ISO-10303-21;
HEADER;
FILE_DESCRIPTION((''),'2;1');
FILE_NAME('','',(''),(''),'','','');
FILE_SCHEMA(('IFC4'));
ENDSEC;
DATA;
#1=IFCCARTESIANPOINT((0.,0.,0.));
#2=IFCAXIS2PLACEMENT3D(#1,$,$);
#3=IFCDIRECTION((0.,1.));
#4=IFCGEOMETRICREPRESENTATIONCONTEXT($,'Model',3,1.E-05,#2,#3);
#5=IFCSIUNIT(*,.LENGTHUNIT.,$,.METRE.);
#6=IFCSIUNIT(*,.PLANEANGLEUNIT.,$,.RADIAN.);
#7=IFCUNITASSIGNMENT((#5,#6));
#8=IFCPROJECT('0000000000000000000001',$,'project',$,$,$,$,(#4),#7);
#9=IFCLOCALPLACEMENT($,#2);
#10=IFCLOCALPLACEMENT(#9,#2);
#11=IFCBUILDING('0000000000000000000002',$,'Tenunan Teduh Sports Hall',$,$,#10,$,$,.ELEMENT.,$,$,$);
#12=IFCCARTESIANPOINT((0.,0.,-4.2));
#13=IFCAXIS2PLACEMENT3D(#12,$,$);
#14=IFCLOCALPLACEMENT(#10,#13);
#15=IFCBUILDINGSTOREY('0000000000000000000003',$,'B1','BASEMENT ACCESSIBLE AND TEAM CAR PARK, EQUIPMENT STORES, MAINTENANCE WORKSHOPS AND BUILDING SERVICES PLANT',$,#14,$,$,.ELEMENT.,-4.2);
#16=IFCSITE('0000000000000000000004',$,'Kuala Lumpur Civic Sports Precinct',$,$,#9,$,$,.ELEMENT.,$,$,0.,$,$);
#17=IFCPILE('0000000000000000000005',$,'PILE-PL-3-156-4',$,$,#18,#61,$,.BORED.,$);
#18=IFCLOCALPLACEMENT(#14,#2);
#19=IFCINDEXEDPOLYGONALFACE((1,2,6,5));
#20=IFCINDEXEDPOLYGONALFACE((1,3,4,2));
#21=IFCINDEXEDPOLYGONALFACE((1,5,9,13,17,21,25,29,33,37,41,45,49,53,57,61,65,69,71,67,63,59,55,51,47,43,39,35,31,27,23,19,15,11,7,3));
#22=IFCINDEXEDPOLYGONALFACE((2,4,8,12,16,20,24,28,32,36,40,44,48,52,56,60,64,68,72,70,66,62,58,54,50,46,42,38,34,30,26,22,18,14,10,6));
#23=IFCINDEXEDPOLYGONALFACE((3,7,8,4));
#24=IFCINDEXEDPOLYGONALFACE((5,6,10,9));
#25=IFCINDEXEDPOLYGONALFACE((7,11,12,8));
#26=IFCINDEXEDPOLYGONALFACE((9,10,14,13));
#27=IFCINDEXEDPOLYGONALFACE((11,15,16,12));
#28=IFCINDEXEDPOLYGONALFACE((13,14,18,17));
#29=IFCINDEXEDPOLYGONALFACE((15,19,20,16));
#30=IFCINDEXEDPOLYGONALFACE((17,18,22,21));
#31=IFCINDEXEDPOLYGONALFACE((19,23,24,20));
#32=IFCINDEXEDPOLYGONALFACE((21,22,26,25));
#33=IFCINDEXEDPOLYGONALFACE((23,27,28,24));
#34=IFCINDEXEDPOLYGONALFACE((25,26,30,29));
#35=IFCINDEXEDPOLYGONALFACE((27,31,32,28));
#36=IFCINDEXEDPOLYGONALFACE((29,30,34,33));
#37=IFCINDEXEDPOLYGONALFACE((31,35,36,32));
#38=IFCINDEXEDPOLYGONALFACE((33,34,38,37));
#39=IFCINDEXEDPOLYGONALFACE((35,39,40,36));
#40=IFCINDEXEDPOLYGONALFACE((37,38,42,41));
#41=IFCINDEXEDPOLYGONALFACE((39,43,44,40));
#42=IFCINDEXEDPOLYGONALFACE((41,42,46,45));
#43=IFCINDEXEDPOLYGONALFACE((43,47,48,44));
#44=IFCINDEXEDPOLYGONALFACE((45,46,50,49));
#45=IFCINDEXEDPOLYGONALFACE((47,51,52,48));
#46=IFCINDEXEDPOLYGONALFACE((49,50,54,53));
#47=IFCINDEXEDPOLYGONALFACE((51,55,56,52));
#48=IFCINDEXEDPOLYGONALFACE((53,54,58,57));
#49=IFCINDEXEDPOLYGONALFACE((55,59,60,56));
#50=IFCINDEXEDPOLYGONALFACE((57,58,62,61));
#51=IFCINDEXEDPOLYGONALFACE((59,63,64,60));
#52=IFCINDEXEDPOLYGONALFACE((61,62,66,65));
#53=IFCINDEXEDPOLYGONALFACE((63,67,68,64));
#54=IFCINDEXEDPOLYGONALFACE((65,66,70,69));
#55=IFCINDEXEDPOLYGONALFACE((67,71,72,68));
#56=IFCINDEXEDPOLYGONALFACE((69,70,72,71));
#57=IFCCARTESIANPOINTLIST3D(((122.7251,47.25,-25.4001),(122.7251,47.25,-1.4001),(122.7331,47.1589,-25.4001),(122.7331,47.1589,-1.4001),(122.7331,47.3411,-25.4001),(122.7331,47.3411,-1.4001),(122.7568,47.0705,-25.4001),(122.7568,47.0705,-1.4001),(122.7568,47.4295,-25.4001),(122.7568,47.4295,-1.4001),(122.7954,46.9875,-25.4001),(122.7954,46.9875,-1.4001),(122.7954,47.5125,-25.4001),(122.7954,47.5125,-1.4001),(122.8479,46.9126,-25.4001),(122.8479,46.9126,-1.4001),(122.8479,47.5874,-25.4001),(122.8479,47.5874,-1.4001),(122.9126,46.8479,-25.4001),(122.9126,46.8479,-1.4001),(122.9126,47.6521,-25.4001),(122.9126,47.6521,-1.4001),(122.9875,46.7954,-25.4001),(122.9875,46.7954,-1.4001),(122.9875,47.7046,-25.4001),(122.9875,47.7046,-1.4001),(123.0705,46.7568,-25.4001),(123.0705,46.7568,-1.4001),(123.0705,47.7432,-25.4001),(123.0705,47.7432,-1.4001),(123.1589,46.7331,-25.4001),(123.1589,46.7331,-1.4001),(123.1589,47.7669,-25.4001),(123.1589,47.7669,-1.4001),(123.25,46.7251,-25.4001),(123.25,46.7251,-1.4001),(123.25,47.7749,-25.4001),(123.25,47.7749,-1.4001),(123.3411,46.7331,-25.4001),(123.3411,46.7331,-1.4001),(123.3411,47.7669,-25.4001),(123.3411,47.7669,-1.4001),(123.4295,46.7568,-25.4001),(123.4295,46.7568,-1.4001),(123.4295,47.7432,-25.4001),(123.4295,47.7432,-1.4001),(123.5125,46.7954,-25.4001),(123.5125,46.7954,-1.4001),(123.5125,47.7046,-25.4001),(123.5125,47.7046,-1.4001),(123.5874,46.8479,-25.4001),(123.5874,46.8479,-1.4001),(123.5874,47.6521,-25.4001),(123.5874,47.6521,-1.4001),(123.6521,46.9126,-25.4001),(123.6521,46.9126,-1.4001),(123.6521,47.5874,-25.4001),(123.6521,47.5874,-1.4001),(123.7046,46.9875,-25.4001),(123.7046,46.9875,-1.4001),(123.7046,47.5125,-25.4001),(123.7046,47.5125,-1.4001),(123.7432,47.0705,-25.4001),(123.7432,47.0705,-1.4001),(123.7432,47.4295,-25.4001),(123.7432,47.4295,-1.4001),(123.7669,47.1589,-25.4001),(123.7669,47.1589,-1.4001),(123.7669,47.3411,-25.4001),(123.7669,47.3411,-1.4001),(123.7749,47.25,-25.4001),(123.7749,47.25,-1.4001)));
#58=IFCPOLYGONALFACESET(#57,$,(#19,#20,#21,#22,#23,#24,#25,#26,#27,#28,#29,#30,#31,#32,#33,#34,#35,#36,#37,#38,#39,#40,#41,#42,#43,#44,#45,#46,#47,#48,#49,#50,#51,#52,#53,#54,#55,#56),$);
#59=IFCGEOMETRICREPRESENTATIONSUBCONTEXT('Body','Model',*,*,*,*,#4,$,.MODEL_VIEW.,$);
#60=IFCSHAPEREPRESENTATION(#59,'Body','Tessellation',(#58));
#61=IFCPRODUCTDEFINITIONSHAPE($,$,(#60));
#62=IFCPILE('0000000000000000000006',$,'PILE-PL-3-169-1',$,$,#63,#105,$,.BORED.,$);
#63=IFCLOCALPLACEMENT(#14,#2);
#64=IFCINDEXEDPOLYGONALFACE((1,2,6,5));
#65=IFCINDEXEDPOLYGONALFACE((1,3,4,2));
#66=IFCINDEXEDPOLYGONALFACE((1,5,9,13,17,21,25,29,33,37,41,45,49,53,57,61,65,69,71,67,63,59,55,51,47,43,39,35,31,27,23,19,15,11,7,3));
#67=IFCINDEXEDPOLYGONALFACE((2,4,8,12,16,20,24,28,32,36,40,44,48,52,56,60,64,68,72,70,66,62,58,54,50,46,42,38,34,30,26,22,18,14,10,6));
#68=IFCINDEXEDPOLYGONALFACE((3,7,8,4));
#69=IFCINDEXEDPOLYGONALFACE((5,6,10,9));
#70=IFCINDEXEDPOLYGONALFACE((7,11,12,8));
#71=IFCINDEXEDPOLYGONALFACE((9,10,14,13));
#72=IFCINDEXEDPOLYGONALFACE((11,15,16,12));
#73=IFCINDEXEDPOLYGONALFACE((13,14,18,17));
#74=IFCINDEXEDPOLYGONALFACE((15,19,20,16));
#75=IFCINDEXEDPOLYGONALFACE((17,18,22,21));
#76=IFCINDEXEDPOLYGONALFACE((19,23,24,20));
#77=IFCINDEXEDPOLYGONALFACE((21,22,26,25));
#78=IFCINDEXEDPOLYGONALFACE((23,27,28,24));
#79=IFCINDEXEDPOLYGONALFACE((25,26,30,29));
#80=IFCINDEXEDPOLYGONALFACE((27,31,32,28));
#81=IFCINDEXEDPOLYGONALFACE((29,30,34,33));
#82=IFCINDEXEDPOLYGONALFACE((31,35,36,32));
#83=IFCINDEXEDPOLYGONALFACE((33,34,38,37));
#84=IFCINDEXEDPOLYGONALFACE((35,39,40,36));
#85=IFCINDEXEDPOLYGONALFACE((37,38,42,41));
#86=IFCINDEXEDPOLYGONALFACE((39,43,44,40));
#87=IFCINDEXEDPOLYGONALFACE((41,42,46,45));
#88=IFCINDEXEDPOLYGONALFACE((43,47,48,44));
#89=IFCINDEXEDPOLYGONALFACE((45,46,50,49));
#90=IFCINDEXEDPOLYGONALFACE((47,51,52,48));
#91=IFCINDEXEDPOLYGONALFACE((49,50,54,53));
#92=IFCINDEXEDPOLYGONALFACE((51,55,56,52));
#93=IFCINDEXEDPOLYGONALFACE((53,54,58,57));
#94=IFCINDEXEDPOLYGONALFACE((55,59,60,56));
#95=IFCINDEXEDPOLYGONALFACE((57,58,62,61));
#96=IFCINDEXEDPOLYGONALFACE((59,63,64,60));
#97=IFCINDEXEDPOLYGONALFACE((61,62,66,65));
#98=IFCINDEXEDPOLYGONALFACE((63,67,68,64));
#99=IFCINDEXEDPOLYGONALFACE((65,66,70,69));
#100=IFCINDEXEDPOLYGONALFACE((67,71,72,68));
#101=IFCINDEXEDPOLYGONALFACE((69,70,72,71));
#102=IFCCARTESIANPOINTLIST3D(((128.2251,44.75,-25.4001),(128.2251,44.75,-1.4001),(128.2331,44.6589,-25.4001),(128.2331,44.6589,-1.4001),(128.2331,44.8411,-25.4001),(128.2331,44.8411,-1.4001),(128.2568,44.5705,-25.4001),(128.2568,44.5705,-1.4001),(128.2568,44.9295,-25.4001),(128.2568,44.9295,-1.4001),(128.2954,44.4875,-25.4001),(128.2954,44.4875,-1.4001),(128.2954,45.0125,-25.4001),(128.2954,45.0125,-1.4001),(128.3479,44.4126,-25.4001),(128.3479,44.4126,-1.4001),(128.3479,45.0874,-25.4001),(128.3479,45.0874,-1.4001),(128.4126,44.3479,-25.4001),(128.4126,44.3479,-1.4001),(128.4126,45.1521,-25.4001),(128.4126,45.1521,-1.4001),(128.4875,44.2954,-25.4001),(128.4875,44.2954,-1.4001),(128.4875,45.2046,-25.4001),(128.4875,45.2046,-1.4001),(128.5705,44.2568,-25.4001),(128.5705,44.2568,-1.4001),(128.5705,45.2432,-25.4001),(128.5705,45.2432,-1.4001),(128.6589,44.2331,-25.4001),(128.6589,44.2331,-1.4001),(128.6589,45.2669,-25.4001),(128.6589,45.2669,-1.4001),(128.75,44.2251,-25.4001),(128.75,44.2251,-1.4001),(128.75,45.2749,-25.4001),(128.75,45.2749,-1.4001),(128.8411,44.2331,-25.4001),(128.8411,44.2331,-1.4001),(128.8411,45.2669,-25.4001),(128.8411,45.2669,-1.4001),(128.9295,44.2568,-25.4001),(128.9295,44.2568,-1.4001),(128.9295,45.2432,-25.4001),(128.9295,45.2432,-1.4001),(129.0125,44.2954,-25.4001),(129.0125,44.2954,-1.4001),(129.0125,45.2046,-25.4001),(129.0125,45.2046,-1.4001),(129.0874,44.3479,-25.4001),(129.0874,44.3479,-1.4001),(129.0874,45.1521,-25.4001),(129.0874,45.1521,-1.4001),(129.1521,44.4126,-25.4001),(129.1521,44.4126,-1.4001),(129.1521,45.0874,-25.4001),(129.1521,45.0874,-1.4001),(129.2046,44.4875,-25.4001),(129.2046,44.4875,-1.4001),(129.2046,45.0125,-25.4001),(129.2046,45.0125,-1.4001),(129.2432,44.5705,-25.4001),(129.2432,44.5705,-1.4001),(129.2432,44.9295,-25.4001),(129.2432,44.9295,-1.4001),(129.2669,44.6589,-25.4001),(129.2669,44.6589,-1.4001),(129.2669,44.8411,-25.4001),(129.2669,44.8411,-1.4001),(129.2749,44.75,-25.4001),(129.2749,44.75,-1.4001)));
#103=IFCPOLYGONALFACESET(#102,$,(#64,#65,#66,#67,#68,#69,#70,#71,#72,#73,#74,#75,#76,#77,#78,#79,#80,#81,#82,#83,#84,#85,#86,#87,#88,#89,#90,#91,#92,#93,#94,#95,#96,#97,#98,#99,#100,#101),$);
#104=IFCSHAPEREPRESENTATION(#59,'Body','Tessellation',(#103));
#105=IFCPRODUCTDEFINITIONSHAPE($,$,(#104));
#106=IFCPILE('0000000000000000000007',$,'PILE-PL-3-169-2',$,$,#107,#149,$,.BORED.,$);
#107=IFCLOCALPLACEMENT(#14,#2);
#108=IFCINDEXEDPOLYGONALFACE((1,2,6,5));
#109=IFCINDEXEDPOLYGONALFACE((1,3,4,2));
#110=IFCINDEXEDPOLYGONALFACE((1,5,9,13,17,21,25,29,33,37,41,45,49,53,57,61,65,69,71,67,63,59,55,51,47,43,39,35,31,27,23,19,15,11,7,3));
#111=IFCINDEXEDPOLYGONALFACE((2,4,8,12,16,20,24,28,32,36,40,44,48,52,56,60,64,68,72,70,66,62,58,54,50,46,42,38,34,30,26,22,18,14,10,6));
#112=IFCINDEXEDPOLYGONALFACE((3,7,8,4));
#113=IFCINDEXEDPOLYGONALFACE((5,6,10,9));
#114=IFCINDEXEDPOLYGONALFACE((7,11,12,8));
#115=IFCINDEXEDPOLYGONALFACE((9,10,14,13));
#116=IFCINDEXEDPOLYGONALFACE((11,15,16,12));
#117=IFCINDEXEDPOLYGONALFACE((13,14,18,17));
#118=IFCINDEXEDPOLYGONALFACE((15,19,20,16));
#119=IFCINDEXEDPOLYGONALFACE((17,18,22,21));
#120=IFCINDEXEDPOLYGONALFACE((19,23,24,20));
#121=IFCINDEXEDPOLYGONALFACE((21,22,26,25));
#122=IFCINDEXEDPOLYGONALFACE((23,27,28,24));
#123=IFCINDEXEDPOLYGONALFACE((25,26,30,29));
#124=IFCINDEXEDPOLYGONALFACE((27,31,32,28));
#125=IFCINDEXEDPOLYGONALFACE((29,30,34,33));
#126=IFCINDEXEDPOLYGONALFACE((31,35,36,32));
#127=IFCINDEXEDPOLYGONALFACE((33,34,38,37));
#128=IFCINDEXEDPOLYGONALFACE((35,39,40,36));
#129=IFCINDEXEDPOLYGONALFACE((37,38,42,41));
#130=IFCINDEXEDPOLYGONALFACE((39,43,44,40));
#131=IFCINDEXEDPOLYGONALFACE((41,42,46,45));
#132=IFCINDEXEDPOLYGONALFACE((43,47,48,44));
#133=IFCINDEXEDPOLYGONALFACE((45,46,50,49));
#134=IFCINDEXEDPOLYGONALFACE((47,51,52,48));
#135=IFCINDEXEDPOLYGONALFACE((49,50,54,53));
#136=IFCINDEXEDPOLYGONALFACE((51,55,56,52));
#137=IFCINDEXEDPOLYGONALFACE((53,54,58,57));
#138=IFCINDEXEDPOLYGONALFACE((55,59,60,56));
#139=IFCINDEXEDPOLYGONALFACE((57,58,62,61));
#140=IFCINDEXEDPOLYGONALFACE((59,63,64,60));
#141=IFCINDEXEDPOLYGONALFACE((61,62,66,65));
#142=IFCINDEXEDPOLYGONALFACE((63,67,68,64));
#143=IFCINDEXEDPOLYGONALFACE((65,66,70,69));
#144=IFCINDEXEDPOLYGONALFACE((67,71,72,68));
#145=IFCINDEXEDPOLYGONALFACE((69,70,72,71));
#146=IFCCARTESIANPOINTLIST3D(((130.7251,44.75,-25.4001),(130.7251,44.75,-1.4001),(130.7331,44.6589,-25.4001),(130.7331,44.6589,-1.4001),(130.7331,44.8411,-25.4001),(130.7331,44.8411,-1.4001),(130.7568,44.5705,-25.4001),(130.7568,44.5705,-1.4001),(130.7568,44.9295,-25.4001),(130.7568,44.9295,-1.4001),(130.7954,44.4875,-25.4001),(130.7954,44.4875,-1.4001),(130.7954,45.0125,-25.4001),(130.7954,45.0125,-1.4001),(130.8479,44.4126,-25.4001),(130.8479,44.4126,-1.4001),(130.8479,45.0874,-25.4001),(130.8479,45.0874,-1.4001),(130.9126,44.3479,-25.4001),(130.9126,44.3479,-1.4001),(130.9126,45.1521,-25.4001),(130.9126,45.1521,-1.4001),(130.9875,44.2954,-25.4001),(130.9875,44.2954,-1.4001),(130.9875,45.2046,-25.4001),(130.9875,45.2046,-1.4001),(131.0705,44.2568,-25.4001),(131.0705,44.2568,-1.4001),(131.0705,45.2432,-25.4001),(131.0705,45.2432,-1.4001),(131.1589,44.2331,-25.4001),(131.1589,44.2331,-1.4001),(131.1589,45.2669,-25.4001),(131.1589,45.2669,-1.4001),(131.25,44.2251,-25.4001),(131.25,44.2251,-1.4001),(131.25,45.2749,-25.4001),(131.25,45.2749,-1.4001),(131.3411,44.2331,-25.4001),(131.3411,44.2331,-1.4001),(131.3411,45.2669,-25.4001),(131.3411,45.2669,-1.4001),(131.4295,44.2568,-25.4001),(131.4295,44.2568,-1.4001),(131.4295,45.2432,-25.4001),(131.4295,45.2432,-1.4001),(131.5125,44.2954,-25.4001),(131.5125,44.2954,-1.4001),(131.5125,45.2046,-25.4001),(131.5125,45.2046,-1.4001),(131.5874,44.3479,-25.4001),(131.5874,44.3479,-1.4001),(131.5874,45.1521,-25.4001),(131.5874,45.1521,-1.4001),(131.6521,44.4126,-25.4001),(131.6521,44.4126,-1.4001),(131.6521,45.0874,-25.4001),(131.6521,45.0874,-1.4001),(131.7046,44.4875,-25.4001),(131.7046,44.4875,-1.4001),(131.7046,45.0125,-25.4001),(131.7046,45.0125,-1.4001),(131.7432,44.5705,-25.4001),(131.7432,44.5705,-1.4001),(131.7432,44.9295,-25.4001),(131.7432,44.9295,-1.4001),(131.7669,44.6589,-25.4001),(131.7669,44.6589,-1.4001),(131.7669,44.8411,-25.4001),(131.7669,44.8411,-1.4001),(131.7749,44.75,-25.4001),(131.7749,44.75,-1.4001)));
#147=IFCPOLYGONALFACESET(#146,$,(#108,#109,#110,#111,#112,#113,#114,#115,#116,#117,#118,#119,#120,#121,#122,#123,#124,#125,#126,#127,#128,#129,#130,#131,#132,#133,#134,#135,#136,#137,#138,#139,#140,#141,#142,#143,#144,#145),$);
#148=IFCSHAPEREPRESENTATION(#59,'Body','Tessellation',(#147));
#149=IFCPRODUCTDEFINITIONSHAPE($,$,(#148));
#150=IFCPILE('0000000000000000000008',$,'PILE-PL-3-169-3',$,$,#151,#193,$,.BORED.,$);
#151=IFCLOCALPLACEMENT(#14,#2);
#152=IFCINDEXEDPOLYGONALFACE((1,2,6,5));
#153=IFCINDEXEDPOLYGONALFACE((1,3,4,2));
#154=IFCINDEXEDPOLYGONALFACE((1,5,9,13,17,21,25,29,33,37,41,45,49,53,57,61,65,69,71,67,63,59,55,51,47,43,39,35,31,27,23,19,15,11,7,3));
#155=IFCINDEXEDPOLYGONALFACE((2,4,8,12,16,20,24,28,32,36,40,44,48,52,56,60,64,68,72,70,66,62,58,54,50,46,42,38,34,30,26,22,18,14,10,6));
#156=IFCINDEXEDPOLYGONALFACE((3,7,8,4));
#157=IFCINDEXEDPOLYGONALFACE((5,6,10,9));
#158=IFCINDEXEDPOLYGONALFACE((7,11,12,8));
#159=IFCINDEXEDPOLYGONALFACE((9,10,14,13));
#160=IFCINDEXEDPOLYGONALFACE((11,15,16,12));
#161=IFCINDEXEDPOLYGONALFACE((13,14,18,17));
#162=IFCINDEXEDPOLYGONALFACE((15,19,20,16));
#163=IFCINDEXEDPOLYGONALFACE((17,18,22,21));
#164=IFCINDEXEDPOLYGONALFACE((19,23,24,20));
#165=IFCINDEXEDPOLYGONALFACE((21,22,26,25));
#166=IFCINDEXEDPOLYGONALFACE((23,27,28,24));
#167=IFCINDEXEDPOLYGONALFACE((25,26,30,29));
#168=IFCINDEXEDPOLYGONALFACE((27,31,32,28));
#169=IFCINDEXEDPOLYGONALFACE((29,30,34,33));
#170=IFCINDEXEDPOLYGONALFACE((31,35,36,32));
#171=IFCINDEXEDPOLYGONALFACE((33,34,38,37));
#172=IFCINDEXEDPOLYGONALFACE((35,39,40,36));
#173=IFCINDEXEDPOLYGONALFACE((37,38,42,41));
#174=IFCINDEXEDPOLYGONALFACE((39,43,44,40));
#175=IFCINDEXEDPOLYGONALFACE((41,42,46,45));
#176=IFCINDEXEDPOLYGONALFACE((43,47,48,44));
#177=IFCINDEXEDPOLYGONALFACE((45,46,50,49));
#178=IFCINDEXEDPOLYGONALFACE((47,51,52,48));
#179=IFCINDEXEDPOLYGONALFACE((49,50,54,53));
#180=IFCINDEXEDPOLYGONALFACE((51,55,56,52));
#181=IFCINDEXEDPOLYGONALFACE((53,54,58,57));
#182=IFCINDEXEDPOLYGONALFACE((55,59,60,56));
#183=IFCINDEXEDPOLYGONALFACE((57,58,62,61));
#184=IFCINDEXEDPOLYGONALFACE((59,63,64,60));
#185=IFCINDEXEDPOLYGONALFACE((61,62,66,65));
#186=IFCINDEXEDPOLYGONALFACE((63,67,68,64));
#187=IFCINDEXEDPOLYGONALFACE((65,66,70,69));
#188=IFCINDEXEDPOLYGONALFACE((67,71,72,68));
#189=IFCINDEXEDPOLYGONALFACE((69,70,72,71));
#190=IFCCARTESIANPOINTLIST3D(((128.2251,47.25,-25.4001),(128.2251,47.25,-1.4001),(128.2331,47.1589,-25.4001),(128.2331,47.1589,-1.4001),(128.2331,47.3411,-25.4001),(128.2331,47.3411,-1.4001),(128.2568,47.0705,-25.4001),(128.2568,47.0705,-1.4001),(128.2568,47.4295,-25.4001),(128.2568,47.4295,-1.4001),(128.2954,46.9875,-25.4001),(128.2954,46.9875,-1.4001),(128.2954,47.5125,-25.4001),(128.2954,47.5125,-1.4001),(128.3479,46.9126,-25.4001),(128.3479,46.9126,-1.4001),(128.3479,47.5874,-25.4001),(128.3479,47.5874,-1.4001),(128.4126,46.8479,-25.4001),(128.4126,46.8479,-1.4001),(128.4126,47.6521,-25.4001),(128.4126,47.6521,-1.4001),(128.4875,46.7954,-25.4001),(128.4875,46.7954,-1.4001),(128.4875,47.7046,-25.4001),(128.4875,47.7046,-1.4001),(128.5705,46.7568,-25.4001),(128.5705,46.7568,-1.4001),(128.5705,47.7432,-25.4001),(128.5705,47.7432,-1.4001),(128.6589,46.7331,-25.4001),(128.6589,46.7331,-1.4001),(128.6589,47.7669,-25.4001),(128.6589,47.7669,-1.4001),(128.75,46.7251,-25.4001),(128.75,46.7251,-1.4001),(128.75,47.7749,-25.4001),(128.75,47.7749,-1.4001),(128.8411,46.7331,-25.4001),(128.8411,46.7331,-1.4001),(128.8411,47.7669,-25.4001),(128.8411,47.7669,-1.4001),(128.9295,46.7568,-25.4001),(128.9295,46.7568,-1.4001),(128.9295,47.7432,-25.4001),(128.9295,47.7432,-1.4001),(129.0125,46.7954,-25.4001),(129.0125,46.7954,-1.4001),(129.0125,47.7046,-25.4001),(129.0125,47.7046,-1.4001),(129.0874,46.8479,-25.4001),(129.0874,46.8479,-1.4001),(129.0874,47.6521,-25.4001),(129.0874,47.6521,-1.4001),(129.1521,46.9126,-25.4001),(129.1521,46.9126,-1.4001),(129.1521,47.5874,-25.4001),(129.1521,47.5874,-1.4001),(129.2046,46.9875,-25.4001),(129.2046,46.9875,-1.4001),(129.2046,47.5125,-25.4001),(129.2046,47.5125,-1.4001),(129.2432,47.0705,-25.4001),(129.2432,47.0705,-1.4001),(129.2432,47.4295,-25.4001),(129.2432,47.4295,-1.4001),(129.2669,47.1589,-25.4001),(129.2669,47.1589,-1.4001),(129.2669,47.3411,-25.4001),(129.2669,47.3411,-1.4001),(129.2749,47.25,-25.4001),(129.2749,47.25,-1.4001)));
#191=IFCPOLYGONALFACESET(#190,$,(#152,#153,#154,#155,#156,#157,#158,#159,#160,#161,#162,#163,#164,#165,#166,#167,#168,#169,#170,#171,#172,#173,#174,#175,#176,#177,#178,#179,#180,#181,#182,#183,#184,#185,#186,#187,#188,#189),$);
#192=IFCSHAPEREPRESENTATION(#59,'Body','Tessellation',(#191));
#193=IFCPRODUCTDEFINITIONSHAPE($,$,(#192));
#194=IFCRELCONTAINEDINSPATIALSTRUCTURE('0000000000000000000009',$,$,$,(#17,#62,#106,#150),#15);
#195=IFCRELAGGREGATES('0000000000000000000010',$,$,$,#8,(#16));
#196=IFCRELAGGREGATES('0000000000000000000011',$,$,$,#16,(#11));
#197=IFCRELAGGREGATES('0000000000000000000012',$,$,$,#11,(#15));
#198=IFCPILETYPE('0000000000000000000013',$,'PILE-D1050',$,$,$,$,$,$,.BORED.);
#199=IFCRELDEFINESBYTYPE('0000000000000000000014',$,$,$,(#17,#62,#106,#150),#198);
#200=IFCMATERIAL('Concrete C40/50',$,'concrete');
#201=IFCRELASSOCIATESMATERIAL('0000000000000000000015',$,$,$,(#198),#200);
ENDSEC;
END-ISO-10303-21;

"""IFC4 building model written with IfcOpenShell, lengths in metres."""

from ifc_helpers import new_model, si_unit, direction, frame, origin, origin_2d, place, context, subcontext, project, spatial, circle, extrude, material, material_profile, profile_set, type_object, element, save


model = new_model("IFC4")

# Units and contexts
model_context = context("Model", 3, precision=1e-05, world=origin(), true_north=direction((0.0, 1.0)))
body_context = subcontext(model_context, "Body", "Model", "MODEL_VIEW")
ifc_project = project(units=[si_unit("LENGTHUNIT", "METRE"), si_unit("PLANEANGLEUNIT", "RADIAN")], contexts=[model_context])

# Site, building, storey
site_placement = place(None, origin())
site = spatial("IfcSite", under=ifc_project, at=site_placement, Name="Kuala Lumpur Civic Sports Precinct", CompositionType="ELEMENT", RefElevation=0.0)
building_placement = place(site_placement, origin())
building = spatial("IfcBuilding", under=site, at=building_placement, Name="Tenunan Teduh Sports Hall", CompositionType="ELEMENT")
storey_placement = place(building_placement, frame((0.0, 0.0, -4.2)))
storey = spatial("IfcBuildingStorey", under=building, at=storey_placement, Name="B1", Description="BASEMENT ACCESSIBLE AND TEAM CAR PARK, EQUIPMENT STORES, MAINTENANCE WORKSHOPS AND BUILDING SERVICES PLANT", CompositionType="ELEMENT", Elevation=-4.2)

# Piles
ifc_material_1 = material(Name="Concrete C40/50", Category="concrete")
ifc_material_profile_1 = material_profile(ifc_material_1, circle(Radius=0.5249, at=origin_2d()), Name="PILE D1050")
ifc_profile_set_1 = profile_set([ifc_material_profile_1], Name="Concrete C40/50")
pile_type_1 = type_object("IfcPileType", Name="PILE-D1050", PredefinedType="BORED", material=ifc_profile_set_1)
for number, where, z_axis, x_axis, name in (
    (1, (123.25, 47.25, -1.4001), (0.0, 0.0, -1.0), (1.0, 0.0, 0.0), "PILE-PL-3-156-4"),
    (2, (128.75, 44.75, -1.4001), (0.0, 0.0, -1.0), (1.0, 0.0, 0.0), "PILE-PL-3-169-1"),
    (3, (131.25, 44.75, -1.4001), (0.0, 0.0, -1.0), (1.0, 0.0, 0.0), "PILE-PL-3-169-2"),
    (4, (128.75, 47.25, -1.4001), (0.0, 0.0, -1.0), (1.0, 0.0, 0.0), "PILE-PL-3-169-3"),
):
    element("IfcPile", number, at=place(storey_placement, frame(where, z_axis=z_axis, x_axis=x_axis)), inside=storey, type_object=pile_type_1, Name=name, PredefinedType="BORED", context=body_context, shape_type="SweptSolid", body=[
        extrude(circle(Radius=0.5249, at=origin_2d()), origin(), (0.0, 0.0, 1.0), 24.0),
    ])

save(model, "model.ifc")
